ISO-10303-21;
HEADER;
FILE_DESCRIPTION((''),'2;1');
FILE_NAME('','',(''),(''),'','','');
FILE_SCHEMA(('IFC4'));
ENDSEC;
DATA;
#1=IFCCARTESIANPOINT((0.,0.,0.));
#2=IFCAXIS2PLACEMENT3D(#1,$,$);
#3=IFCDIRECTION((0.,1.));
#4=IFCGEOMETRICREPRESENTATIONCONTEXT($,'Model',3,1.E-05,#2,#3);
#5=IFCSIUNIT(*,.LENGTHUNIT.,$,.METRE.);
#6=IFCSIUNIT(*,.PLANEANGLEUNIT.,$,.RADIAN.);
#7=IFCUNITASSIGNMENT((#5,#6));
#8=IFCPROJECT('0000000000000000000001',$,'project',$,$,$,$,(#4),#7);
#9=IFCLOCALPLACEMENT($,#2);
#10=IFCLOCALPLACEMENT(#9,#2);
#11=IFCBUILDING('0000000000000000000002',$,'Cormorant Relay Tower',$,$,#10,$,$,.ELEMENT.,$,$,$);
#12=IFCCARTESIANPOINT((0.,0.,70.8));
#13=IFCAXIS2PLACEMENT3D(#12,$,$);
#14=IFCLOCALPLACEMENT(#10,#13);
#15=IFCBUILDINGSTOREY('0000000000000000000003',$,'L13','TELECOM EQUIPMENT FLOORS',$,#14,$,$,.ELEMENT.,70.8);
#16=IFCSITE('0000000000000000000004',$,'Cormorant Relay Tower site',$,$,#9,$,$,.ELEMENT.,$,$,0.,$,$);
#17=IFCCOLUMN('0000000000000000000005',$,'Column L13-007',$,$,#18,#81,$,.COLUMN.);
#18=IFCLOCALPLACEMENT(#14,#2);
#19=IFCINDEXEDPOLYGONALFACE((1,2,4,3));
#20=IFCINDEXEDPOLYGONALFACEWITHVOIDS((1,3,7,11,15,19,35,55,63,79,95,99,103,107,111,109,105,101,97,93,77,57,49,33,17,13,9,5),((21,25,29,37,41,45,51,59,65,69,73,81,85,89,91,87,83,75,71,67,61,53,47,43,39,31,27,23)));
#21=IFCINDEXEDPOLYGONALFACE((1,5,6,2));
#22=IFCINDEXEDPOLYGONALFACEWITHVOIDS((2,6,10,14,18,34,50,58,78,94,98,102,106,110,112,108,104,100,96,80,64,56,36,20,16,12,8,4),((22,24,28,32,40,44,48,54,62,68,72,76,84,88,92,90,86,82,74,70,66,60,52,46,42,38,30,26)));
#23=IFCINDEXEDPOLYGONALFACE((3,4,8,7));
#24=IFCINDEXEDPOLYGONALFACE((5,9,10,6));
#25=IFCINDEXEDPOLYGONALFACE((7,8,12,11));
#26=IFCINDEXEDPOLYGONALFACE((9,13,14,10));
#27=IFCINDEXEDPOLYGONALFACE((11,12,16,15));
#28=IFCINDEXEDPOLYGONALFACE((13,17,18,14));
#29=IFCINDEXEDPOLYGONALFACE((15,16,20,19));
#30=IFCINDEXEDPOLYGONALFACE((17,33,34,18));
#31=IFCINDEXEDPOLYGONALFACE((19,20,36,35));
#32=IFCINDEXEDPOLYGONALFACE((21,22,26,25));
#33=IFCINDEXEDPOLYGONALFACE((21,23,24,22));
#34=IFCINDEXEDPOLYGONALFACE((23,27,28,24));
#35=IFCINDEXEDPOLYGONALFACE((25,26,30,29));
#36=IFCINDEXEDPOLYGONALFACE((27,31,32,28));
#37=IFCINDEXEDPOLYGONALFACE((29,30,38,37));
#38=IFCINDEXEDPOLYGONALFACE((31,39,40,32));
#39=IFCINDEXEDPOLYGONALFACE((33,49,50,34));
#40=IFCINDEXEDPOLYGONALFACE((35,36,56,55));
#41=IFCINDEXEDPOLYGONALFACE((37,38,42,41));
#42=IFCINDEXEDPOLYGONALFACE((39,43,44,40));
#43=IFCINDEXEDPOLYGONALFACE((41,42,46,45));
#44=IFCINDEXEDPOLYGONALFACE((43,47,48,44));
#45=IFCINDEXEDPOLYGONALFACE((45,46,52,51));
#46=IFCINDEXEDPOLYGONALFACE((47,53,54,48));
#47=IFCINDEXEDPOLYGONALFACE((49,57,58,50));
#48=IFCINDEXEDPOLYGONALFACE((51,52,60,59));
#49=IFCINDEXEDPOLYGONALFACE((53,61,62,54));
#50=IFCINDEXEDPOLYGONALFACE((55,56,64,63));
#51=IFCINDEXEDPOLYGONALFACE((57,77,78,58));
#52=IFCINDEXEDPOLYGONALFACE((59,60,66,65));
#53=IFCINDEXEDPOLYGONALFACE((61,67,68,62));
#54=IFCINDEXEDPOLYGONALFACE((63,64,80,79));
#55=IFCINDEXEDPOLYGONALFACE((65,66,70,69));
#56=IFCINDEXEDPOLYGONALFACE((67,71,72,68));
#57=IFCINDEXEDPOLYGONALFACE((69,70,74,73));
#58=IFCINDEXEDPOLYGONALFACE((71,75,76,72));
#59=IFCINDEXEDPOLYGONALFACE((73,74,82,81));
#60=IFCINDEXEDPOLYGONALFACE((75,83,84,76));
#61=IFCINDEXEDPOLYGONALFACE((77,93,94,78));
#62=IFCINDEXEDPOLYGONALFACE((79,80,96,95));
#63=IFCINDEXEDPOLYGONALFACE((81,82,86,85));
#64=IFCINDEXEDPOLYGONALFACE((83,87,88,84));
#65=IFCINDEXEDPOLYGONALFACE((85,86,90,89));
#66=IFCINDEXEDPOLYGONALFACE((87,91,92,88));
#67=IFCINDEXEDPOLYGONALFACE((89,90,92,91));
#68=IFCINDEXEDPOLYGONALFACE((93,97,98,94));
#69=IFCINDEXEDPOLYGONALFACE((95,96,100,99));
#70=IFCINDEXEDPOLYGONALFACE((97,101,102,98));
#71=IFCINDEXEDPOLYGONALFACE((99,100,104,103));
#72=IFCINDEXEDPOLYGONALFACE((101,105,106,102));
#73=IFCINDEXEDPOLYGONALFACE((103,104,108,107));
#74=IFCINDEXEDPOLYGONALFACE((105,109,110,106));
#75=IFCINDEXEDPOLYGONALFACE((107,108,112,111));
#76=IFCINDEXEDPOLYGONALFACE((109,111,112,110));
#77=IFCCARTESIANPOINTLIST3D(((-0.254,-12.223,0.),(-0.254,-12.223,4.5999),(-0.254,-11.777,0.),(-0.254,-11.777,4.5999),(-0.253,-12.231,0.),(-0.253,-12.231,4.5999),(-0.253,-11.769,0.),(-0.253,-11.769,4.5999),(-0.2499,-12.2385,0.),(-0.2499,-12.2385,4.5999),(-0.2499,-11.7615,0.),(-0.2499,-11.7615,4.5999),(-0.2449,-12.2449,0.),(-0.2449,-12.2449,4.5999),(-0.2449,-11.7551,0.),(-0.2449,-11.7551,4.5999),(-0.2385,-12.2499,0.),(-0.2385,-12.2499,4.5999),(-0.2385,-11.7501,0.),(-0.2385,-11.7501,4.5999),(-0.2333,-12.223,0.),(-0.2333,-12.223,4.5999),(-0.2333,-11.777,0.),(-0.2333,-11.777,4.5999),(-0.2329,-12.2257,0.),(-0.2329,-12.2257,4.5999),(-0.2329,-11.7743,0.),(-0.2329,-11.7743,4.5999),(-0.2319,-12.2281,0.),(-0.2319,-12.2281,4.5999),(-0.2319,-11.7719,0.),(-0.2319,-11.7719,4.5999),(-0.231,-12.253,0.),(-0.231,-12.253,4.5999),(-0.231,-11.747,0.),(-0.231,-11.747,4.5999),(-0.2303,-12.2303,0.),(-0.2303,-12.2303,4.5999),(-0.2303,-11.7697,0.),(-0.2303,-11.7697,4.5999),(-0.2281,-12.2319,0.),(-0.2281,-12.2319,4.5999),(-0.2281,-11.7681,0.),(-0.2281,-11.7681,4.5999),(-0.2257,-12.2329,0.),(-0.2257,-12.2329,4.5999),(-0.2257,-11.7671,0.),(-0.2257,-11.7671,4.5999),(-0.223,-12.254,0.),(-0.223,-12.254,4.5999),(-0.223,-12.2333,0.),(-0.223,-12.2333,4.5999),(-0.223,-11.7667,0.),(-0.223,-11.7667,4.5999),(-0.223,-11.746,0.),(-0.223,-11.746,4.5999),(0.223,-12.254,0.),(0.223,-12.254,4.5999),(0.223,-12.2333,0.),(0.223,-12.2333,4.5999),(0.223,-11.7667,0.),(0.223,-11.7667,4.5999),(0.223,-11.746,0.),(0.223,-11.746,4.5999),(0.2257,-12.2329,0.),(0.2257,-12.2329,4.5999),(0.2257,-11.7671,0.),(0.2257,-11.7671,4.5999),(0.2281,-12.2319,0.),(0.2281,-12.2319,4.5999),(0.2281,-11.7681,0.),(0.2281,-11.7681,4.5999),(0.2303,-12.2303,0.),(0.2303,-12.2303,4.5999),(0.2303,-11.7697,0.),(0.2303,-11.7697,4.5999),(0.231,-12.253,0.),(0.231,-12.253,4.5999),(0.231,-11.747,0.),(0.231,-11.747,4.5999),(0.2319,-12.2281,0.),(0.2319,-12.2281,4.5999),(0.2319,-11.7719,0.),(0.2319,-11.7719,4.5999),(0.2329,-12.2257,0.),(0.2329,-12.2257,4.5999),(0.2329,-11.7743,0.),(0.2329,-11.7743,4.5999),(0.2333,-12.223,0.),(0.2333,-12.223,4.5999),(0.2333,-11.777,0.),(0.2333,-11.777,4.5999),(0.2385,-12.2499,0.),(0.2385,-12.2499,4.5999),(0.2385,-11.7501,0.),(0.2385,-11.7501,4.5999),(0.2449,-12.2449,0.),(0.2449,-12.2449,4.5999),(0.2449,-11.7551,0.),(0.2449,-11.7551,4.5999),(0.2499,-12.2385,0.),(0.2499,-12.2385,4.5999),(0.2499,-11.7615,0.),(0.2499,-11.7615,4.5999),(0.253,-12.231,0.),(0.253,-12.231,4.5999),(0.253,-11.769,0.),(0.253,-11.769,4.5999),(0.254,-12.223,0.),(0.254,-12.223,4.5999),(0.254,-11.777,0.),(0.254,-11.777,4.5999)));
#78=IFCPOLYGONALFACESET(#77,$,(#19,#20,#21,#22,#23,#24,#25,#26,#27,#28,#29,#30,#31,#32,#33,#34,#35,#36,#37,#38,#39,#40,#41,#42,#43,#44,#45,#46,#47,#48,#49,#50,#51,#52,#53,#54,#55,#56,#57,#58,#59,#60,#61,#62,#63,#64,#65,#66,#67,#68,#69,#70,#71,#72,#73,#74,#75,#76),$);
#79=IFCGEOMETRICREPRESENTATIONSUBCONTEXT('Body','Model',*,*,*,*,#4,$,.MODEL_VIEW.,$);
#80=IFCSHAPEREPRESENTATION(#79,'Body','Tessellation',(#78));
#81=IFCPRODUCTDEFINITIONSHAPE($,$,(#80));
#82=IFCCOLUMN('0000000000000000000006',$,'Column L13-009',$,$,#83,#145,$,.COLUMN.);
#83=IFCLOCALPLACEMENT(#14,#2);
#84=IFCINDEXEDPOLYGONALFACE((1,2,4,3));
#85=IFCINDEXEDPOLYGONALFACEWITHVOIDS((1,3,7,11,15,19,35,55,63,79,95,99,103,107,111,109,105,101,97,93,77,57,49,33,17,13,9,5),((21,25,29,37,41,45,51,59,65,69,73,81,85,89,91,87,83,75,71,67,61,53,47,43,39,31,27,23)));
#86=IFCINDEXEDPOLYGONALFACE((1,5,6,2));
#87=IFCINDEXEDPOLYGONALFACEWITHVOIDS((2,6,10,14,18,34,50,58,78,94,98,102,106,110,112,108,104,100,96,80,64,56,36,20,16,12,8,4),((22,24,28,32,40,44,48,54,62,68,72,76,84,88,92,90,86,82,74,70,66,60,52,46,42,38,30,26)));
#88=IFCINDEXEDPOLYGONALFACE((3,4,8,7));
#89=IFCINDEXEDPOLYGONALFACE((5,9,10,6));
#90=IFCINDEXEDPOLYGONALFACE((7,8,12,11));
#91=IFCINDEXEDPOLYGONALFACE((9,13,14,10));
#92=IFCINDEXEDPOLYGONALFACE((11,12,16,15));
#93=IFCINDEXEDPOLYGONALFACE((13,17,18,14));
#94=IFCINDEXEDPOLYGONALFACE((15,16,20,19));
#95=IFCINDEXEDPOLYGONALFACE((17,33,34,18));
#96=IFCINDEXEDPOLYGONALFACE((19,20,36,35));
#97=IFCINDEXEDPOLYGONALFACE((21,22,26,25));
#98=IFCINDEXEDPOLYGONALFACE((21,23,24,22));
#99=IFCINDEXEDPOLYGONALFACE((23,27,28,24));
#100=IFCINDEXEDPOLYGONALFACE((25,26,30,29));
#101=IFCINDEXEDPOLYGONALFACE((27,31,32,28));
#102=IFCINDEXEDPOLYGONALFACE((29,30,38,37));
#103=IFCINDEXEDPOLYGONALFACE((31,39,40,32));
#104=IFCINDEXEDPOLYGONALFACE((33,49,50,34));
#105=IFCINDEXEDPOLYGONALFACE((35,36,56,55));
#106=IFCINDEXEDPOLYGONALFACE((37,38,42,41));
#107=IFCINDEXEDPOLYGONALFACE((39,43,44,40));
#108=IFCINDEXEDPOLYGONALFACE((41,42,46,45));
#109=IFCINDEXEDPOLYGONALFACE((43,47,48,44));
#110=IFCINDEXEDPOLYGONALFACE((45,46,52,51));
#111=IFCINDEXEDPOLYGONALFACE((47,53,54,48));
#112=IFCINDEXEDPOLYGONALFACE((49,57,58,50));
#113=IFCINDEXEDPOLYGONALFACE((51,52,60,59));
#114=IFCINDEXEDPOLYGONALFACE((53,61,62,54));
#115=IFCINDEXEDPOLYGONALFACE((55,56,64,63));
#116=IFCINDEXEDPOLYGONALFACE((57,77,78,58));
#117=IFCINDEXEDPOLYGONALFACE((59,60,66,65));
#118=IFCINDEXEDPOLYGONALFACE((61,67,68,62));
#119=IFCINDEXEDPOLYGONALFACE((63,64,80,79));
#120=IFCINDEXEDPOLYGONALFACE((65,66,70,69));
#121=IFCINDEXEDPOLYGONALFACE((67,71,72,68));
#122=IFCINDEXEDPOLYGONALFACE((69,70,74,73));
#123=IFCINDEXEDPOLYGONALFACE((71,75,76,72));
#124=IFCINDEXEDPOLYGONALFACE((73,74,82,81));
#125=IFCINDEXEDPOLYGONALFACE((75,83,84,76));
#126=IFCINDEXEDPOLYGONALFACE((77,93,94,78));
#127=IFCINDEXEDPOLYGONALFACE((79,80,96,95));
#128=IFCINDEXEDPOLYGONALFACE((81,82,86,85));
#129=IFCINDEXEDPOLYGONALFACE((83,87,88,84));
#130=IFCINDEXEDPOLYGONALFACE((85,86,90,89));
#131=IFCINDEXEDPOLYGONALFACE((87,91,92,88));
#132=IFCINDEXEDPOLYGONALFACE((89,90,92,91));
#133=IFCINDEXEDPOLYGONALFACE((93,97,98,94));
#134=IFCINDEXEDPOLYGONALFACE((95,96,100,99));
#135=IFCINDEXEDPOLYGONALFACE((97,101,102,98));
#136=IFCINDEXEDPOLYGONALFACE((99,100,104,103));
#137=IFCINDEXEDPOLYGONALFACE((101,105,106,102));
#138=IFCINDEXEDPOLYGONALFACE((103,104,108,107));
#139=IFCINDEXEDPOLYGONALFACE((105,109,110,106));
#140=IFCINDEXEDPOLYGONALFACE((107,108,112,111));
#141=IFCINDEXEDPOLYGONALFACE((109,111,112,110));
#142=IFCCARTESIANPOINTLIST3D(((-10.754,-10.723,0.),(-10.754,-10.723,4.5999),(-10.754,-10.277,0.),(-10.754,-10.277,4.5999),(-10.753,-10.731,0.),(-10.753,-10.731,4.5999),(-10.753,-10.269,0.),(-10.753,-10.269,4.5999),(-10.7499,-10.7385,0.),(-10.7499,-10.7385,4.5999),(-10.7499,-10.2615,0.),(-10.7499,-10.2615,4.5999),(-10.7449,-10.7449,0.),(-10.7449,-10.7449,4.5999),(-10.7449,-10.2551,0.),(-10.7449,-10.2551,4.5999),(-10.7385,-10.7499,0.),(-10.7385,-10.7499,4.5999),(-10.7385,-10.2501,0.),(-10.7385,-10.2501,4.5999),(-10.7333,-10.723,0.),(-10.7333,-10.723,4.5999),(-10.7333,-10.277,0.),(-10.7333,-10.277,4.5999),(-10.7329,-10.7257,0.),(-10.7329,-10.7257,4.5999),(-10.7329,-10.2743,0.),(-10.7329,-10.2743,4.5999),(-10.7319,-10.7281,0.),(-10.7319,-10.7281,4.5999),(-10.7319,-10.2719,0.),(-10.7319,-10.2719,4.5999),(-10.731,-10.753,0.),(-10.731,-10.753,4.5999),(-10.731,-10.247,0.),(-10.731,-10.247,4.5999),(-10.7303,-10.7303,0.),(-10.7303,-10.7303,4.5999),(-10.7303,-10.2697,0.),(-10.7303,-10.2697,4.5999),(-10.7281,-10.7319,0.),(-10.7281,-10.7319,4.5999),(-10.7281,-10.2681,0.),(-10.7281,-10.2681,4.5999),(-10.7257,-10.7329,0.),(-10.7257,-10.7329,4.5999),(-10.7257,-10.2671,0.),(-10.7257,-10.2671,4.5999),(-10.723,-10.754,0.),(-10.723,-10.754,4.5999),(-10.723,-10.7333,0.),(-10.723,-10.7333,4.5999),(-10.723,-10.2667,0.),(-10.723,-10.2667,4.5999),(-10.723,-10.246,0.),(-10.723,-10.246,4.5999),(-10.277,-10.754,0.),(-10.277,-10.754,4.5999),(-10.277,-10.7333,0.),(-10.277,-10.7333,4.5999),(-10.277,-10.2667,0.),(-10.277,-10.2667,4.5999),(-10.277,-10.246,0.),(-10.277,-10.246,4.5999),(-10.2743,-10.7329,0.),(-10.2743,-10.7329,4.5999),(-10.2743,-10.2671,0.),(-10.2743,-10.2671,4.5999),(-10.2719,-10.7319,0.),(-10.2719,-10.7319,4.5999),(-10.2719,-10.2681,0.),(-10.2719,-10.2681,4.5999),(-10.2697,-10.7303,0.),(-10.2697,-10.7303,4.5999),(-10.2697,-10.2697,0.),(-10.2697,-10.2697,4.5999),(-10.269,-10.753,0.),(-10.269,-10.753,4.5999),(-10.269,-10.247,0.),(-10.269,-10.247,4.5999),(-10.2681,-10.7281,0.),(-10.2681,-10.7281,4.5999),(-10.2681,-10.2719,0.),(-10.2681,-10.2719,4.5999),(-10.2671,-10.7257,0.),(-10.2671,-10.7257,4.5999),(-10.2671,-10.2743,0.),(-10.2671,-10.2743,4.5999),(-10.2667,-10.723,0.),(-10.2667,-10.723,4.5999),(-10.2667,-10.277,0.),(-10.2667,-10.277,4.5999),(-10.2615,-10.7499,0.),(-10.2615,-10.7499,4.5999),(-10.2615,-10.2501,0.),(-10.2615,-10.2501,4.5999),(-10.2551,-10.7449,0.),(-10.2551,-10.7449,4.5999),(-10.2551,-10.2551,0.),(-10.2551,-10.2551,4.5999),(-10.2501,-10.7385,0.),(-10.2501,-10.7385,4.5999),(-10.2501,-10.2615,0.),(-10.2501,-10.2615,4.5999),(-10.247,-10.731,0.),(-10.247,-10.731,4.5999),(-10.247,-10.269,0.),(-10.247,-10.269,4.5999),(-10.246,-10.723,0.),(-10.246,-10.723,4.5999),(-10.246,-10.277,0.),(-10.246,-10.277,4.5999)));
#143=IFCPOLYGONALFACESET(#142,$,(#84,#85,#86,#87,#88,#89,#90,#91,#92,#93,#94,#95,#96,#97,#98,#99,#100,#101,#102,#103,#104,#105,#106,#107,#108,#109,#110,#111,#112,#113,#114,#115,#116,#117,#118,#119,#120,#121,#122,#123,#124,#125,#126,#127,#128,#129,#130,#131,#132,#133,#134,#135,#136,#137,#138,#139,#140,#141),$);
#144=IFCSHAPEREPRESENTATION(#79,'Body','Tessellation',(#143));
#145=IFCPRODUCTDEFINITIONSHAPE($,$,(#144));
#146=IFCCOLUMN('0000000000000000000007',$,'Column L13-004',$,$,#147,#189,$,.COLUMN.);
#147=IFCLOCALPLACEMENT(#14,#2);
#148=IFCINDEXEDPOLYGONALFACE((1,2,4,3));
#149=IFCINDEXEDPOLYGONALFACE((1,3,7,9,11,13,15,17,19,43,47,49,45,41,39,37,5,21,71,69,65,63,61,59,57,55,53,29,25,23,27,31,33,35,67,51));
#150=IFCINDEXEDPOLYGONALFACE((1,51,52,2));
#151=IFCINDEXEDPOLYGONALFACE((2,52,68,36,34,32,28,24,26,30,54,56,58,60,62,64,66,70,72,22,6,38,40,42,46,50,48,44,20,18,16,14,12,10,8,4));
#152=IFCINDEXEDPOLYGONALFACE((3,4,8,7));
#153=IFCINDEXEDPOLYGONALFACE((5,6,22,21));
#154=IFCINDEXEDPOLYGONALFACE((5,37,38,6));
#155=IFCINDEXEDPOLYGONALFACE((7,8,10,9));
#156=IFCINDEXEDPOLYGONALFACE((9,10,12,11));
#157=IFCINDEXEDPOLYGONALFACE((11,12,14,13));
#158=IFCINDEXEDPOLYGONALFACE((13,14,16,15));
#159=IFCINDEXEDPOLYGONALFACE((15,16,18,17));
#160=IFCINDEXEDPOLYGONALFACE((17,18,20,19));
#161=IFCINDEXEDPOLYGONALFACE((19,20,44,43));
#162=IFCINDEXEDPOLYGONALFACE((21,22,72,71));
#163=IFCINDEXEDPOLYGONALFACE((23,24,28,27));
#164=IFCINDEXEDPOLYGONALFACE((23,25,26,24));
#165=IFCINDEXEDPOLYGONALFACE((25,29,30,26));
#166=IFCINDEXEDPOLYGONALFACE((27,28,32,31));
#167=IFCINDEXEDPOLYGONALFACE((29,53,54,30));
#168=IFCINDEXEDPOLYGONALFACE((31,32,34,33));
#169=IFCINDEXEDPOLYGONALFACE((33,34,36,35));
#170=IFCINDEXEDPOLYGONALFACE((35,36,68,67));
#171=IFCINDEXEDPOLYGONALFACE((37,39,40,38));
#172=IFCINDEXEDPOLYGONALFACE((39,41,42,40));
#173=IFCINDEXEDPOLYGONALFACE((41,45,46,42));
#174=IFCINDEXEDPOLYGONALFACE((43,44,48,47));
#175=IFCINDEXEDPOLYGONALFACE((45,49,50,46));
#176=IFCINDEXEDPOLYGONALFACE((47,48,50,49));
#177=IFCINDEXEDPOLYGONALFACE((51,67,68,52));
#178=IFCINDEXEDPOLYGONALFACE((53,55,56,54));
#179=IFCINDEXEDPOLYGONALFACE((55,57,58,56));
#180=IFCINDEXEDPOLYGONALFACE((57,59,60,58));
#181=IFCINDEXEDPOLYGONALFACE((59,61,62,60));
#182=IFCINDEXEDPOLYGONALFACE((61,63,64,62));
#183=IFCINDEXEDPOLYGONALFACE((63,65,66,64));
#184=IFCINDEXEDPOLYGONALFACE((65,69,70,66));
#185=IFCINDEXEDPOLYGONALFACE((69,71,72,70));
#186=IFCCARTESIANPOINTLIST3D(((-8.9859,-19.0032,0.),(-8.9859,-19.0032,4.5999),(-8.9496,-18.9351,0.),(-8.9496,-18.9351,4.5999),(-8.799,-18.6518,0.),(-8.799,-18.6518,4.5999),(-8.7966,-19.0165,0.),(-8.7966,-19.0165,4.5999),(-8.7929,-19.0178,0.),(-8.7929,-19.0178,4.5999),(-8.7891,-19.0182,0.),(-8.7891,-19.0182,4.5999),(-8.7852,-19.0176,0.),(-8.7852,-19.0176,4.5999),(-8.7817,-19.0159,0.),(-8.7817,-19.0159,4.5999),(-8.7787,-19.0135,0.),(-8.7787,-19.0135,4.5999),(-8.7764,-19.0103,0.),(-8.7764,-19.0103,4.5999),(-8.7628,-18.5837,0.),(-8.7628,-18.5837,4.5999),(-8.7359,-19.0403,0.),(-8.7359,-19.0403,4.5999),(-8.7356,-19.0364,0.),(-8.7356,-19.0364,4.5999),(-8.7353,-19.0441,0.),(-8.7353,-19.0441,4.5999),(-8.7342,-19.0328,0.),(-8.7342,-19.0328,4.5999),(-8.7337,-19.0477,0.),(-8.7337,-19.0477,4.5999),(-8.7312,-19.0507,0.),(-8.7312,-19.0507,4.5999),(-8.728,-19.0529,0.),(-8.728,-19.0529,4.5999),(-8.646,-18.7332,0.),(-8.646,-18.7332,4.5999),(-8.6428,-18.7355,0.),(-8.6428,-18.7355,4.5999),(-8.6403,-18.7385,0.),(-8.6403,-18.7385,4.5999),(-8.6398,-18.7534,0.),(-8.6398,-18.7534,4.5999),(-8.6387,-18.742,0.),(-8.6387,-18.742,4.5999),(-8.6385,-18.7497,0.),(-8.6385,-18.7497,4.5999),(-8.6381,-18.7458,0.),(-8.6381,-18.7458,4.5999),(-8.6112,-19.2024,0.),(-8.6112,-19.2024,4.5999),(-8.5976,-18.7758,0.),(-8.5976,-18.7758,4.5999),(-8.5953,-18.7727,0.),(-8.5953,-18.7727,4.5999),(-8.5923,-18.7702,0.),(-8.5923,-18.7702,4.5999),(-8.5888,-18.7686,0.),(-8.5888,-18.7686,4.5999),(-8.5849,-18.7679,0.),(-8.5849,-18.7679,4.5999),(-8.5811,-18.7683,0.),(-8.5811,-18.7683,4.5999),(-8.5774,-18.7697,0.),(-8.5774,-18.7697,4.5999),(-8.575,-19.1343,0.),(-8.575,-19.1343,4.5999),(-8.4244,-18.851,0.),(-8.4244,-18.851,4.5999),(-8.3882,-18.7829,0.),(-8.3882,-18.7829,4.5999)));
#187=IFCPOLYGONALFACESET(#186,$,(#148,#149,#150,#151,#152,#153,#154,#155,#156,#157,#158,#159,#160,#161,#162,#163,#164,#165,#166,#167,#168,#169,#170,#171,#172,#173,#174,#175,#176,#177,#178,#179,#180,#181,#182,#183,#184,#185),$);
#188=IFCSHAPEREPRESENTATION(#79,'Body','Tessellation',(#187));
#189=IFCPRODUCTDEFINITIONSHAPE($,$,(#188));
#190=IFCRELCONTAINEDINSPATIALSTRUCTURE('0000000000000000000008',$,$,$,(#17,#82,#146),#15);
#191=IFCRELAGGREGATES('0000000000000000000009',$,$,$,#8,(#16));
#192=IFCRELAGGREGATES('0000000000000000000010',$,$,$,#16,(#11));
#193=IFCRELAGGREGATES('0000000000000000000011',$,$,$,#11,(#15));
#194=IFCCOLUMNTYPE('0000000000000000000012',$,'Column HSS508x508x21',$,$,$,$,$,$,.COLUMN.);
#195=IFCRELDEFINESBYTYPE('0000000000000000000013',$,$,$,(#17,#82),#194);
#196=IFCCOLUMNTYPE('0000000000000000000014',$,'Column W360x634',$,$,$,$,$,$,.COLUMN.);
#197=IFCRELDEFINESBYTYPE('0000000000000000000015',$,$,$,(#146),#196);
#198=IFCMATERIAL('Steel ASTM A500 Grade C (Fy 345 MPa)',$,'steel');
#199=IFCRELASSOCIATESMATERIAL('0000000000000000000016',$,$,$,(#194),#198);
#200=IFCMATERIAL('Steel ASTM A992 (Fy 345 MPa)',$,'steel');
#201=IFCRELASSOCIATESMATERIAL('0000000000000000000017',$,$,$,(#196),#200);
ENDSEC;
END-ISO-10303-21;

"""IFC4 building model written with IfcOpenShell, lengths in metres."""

from ifc_helpers import new_model, si_unit, direction, frame, origin, origin_2d, place, context, subcontext, project, spatial, hollow_rectangle, i_section, extrude, material, material_profile, profile_set, type_object, element, save


model = new_model("IFC4")

# Units and contexts
model_context = context("Model", 3, precision=1e-05, world=origin(), true_north=direction((0.0, 1.0)))
body_context = subcontext(model_context, "Body", "Model", "MODEL_VIEW")
ifc_project = project(units=[si_unit("LENGTHUNIT", "METRE"), si_unit("PLANEANGLEUNIT", "RADIAN")], contexts=[model_context])

# Site, building, storey
site_placement = place(None, origin())
site = spatial("IfcSite", under=ifc_project, at=site_placement, Name="Cormorant Relay Tower site", CompositionType="ELEMENT", RefElevation=0.0)
building_placement = place(site_placement, origin())
building = spatial("IfcBuilding", under=site, at=building_placement, Name="Cormorant Relay Tower", CompositionType="ELEMENT")
storey_placement = place(building_placement, frame((0.0, 0.0, 70.8)))
storey = spatial("IfcBuildingStorey", under=building, at=storey_placement, Name="L13", Description="TELECOM EQUIPMENT FLOORS", CompositionType="ELEMENT", Elevation=70.8)

# Columns
ifc_material_1 = material(Name="Steel ASTM A500 Grade C (Fy 345 MPa)", Category="steel")
ifc_material_profile_1 = material_profile(ifc_material_1, hollow_rectangle(XDim=0.5081, YDim=0.5081, WallThickness=0.0208, InnerFilletRadius=0.0103, OuterFilletRadius=0.031, at=origin_2d()), Name="HSS508x508x21")
ifc_profile_set_1 = profile_set([ifc_material_profile_1], Name="Steel ASTM A500 Grade C (Fy 345 MPa)")
column_type_1 = type_object("IfcColumnType", Name="Column HSS508x508x21", PredefinedType="COLUMN", material=ifc_profile_set_1)
for number, where, z_axis, x_axis, name in (
    (1, (0.0, -12.0, 0.0), (0.0, 0.0, 1.0), (1.0, 0.0, 0.0), "Column L13-007"),
    (2, (-10.5, -10.5, 0.0), (0.0, 0.0, 1.0), (1.0, 0.0, 0.0), "Column L13-009"),
):
    element("IfcColumn", number, at=place(storey_placement, frame(where, z_axis=z_axis, x_axis=x_axis)), inside=storey, type_object=column_type_1, Name=name, PredefinedType="COLUMN", context=body_context, shape_type="SweptSolid", body=[
        extrude(hollow_rectangle(XDim=0.5081, YDim=0.5081, WallThickness=0.0208, InnerFilletRadius=0.0103, OuterFilletRadius=0.031, at=origin_2d()), origin(), (0.0, 0.0, 1.0), 4.5999),
    ])
ifc_material_2 = material(Name="Steel ASTM A992 (Fy 345 MPa)", Category="steel")
ifc_material_profile_2 = material_profile(ifc_material_2, i_section(OverallWidth=0.4243, OverallDepth=0.4751, WebThickness=0.0479, FlangeThickness=0.0771, FilletRadius=0.0149, at=origin_2d()), Name="W360x634")
ifc_profile_set_2 = profile_set([ifc_material_profile_2], Name="Steel ASTM A992 (Fy 345 MPa)")
column_type_2 = type_object("IfcColumnType", Name="Column W360x634", PredefinedType="COLUMN", material=ifc_profile_set_2)
for number, where, z_axis, x_axis, name in (
    (3, (-8.687, -18.8931, 0.0), (0.0, 0.0, 1.0), (0.882948, -0.469472, 0.0), "Column L13-004"),
):
    element("IfcColumn", number, at=place(storey_placement, frame(where, z_axis=z_axis, x_axis=x_axis)), inside=storey, type_object=column_type_2, Name=name, PredefinedType="COLUMN", context=body_context, shape_type="SweptSolid", body=[
        extrude(i_section(OverallWidth=0.4243, OverallDepth=0.4751, WebThickness=0.0479, FlangeThickness=0.0771, FilletRadius=0.0149, at=origin_2d()), origin(), (0.0, 0.0, 1.0), 4.5999),
    ])

save(model, "model.ifc")
